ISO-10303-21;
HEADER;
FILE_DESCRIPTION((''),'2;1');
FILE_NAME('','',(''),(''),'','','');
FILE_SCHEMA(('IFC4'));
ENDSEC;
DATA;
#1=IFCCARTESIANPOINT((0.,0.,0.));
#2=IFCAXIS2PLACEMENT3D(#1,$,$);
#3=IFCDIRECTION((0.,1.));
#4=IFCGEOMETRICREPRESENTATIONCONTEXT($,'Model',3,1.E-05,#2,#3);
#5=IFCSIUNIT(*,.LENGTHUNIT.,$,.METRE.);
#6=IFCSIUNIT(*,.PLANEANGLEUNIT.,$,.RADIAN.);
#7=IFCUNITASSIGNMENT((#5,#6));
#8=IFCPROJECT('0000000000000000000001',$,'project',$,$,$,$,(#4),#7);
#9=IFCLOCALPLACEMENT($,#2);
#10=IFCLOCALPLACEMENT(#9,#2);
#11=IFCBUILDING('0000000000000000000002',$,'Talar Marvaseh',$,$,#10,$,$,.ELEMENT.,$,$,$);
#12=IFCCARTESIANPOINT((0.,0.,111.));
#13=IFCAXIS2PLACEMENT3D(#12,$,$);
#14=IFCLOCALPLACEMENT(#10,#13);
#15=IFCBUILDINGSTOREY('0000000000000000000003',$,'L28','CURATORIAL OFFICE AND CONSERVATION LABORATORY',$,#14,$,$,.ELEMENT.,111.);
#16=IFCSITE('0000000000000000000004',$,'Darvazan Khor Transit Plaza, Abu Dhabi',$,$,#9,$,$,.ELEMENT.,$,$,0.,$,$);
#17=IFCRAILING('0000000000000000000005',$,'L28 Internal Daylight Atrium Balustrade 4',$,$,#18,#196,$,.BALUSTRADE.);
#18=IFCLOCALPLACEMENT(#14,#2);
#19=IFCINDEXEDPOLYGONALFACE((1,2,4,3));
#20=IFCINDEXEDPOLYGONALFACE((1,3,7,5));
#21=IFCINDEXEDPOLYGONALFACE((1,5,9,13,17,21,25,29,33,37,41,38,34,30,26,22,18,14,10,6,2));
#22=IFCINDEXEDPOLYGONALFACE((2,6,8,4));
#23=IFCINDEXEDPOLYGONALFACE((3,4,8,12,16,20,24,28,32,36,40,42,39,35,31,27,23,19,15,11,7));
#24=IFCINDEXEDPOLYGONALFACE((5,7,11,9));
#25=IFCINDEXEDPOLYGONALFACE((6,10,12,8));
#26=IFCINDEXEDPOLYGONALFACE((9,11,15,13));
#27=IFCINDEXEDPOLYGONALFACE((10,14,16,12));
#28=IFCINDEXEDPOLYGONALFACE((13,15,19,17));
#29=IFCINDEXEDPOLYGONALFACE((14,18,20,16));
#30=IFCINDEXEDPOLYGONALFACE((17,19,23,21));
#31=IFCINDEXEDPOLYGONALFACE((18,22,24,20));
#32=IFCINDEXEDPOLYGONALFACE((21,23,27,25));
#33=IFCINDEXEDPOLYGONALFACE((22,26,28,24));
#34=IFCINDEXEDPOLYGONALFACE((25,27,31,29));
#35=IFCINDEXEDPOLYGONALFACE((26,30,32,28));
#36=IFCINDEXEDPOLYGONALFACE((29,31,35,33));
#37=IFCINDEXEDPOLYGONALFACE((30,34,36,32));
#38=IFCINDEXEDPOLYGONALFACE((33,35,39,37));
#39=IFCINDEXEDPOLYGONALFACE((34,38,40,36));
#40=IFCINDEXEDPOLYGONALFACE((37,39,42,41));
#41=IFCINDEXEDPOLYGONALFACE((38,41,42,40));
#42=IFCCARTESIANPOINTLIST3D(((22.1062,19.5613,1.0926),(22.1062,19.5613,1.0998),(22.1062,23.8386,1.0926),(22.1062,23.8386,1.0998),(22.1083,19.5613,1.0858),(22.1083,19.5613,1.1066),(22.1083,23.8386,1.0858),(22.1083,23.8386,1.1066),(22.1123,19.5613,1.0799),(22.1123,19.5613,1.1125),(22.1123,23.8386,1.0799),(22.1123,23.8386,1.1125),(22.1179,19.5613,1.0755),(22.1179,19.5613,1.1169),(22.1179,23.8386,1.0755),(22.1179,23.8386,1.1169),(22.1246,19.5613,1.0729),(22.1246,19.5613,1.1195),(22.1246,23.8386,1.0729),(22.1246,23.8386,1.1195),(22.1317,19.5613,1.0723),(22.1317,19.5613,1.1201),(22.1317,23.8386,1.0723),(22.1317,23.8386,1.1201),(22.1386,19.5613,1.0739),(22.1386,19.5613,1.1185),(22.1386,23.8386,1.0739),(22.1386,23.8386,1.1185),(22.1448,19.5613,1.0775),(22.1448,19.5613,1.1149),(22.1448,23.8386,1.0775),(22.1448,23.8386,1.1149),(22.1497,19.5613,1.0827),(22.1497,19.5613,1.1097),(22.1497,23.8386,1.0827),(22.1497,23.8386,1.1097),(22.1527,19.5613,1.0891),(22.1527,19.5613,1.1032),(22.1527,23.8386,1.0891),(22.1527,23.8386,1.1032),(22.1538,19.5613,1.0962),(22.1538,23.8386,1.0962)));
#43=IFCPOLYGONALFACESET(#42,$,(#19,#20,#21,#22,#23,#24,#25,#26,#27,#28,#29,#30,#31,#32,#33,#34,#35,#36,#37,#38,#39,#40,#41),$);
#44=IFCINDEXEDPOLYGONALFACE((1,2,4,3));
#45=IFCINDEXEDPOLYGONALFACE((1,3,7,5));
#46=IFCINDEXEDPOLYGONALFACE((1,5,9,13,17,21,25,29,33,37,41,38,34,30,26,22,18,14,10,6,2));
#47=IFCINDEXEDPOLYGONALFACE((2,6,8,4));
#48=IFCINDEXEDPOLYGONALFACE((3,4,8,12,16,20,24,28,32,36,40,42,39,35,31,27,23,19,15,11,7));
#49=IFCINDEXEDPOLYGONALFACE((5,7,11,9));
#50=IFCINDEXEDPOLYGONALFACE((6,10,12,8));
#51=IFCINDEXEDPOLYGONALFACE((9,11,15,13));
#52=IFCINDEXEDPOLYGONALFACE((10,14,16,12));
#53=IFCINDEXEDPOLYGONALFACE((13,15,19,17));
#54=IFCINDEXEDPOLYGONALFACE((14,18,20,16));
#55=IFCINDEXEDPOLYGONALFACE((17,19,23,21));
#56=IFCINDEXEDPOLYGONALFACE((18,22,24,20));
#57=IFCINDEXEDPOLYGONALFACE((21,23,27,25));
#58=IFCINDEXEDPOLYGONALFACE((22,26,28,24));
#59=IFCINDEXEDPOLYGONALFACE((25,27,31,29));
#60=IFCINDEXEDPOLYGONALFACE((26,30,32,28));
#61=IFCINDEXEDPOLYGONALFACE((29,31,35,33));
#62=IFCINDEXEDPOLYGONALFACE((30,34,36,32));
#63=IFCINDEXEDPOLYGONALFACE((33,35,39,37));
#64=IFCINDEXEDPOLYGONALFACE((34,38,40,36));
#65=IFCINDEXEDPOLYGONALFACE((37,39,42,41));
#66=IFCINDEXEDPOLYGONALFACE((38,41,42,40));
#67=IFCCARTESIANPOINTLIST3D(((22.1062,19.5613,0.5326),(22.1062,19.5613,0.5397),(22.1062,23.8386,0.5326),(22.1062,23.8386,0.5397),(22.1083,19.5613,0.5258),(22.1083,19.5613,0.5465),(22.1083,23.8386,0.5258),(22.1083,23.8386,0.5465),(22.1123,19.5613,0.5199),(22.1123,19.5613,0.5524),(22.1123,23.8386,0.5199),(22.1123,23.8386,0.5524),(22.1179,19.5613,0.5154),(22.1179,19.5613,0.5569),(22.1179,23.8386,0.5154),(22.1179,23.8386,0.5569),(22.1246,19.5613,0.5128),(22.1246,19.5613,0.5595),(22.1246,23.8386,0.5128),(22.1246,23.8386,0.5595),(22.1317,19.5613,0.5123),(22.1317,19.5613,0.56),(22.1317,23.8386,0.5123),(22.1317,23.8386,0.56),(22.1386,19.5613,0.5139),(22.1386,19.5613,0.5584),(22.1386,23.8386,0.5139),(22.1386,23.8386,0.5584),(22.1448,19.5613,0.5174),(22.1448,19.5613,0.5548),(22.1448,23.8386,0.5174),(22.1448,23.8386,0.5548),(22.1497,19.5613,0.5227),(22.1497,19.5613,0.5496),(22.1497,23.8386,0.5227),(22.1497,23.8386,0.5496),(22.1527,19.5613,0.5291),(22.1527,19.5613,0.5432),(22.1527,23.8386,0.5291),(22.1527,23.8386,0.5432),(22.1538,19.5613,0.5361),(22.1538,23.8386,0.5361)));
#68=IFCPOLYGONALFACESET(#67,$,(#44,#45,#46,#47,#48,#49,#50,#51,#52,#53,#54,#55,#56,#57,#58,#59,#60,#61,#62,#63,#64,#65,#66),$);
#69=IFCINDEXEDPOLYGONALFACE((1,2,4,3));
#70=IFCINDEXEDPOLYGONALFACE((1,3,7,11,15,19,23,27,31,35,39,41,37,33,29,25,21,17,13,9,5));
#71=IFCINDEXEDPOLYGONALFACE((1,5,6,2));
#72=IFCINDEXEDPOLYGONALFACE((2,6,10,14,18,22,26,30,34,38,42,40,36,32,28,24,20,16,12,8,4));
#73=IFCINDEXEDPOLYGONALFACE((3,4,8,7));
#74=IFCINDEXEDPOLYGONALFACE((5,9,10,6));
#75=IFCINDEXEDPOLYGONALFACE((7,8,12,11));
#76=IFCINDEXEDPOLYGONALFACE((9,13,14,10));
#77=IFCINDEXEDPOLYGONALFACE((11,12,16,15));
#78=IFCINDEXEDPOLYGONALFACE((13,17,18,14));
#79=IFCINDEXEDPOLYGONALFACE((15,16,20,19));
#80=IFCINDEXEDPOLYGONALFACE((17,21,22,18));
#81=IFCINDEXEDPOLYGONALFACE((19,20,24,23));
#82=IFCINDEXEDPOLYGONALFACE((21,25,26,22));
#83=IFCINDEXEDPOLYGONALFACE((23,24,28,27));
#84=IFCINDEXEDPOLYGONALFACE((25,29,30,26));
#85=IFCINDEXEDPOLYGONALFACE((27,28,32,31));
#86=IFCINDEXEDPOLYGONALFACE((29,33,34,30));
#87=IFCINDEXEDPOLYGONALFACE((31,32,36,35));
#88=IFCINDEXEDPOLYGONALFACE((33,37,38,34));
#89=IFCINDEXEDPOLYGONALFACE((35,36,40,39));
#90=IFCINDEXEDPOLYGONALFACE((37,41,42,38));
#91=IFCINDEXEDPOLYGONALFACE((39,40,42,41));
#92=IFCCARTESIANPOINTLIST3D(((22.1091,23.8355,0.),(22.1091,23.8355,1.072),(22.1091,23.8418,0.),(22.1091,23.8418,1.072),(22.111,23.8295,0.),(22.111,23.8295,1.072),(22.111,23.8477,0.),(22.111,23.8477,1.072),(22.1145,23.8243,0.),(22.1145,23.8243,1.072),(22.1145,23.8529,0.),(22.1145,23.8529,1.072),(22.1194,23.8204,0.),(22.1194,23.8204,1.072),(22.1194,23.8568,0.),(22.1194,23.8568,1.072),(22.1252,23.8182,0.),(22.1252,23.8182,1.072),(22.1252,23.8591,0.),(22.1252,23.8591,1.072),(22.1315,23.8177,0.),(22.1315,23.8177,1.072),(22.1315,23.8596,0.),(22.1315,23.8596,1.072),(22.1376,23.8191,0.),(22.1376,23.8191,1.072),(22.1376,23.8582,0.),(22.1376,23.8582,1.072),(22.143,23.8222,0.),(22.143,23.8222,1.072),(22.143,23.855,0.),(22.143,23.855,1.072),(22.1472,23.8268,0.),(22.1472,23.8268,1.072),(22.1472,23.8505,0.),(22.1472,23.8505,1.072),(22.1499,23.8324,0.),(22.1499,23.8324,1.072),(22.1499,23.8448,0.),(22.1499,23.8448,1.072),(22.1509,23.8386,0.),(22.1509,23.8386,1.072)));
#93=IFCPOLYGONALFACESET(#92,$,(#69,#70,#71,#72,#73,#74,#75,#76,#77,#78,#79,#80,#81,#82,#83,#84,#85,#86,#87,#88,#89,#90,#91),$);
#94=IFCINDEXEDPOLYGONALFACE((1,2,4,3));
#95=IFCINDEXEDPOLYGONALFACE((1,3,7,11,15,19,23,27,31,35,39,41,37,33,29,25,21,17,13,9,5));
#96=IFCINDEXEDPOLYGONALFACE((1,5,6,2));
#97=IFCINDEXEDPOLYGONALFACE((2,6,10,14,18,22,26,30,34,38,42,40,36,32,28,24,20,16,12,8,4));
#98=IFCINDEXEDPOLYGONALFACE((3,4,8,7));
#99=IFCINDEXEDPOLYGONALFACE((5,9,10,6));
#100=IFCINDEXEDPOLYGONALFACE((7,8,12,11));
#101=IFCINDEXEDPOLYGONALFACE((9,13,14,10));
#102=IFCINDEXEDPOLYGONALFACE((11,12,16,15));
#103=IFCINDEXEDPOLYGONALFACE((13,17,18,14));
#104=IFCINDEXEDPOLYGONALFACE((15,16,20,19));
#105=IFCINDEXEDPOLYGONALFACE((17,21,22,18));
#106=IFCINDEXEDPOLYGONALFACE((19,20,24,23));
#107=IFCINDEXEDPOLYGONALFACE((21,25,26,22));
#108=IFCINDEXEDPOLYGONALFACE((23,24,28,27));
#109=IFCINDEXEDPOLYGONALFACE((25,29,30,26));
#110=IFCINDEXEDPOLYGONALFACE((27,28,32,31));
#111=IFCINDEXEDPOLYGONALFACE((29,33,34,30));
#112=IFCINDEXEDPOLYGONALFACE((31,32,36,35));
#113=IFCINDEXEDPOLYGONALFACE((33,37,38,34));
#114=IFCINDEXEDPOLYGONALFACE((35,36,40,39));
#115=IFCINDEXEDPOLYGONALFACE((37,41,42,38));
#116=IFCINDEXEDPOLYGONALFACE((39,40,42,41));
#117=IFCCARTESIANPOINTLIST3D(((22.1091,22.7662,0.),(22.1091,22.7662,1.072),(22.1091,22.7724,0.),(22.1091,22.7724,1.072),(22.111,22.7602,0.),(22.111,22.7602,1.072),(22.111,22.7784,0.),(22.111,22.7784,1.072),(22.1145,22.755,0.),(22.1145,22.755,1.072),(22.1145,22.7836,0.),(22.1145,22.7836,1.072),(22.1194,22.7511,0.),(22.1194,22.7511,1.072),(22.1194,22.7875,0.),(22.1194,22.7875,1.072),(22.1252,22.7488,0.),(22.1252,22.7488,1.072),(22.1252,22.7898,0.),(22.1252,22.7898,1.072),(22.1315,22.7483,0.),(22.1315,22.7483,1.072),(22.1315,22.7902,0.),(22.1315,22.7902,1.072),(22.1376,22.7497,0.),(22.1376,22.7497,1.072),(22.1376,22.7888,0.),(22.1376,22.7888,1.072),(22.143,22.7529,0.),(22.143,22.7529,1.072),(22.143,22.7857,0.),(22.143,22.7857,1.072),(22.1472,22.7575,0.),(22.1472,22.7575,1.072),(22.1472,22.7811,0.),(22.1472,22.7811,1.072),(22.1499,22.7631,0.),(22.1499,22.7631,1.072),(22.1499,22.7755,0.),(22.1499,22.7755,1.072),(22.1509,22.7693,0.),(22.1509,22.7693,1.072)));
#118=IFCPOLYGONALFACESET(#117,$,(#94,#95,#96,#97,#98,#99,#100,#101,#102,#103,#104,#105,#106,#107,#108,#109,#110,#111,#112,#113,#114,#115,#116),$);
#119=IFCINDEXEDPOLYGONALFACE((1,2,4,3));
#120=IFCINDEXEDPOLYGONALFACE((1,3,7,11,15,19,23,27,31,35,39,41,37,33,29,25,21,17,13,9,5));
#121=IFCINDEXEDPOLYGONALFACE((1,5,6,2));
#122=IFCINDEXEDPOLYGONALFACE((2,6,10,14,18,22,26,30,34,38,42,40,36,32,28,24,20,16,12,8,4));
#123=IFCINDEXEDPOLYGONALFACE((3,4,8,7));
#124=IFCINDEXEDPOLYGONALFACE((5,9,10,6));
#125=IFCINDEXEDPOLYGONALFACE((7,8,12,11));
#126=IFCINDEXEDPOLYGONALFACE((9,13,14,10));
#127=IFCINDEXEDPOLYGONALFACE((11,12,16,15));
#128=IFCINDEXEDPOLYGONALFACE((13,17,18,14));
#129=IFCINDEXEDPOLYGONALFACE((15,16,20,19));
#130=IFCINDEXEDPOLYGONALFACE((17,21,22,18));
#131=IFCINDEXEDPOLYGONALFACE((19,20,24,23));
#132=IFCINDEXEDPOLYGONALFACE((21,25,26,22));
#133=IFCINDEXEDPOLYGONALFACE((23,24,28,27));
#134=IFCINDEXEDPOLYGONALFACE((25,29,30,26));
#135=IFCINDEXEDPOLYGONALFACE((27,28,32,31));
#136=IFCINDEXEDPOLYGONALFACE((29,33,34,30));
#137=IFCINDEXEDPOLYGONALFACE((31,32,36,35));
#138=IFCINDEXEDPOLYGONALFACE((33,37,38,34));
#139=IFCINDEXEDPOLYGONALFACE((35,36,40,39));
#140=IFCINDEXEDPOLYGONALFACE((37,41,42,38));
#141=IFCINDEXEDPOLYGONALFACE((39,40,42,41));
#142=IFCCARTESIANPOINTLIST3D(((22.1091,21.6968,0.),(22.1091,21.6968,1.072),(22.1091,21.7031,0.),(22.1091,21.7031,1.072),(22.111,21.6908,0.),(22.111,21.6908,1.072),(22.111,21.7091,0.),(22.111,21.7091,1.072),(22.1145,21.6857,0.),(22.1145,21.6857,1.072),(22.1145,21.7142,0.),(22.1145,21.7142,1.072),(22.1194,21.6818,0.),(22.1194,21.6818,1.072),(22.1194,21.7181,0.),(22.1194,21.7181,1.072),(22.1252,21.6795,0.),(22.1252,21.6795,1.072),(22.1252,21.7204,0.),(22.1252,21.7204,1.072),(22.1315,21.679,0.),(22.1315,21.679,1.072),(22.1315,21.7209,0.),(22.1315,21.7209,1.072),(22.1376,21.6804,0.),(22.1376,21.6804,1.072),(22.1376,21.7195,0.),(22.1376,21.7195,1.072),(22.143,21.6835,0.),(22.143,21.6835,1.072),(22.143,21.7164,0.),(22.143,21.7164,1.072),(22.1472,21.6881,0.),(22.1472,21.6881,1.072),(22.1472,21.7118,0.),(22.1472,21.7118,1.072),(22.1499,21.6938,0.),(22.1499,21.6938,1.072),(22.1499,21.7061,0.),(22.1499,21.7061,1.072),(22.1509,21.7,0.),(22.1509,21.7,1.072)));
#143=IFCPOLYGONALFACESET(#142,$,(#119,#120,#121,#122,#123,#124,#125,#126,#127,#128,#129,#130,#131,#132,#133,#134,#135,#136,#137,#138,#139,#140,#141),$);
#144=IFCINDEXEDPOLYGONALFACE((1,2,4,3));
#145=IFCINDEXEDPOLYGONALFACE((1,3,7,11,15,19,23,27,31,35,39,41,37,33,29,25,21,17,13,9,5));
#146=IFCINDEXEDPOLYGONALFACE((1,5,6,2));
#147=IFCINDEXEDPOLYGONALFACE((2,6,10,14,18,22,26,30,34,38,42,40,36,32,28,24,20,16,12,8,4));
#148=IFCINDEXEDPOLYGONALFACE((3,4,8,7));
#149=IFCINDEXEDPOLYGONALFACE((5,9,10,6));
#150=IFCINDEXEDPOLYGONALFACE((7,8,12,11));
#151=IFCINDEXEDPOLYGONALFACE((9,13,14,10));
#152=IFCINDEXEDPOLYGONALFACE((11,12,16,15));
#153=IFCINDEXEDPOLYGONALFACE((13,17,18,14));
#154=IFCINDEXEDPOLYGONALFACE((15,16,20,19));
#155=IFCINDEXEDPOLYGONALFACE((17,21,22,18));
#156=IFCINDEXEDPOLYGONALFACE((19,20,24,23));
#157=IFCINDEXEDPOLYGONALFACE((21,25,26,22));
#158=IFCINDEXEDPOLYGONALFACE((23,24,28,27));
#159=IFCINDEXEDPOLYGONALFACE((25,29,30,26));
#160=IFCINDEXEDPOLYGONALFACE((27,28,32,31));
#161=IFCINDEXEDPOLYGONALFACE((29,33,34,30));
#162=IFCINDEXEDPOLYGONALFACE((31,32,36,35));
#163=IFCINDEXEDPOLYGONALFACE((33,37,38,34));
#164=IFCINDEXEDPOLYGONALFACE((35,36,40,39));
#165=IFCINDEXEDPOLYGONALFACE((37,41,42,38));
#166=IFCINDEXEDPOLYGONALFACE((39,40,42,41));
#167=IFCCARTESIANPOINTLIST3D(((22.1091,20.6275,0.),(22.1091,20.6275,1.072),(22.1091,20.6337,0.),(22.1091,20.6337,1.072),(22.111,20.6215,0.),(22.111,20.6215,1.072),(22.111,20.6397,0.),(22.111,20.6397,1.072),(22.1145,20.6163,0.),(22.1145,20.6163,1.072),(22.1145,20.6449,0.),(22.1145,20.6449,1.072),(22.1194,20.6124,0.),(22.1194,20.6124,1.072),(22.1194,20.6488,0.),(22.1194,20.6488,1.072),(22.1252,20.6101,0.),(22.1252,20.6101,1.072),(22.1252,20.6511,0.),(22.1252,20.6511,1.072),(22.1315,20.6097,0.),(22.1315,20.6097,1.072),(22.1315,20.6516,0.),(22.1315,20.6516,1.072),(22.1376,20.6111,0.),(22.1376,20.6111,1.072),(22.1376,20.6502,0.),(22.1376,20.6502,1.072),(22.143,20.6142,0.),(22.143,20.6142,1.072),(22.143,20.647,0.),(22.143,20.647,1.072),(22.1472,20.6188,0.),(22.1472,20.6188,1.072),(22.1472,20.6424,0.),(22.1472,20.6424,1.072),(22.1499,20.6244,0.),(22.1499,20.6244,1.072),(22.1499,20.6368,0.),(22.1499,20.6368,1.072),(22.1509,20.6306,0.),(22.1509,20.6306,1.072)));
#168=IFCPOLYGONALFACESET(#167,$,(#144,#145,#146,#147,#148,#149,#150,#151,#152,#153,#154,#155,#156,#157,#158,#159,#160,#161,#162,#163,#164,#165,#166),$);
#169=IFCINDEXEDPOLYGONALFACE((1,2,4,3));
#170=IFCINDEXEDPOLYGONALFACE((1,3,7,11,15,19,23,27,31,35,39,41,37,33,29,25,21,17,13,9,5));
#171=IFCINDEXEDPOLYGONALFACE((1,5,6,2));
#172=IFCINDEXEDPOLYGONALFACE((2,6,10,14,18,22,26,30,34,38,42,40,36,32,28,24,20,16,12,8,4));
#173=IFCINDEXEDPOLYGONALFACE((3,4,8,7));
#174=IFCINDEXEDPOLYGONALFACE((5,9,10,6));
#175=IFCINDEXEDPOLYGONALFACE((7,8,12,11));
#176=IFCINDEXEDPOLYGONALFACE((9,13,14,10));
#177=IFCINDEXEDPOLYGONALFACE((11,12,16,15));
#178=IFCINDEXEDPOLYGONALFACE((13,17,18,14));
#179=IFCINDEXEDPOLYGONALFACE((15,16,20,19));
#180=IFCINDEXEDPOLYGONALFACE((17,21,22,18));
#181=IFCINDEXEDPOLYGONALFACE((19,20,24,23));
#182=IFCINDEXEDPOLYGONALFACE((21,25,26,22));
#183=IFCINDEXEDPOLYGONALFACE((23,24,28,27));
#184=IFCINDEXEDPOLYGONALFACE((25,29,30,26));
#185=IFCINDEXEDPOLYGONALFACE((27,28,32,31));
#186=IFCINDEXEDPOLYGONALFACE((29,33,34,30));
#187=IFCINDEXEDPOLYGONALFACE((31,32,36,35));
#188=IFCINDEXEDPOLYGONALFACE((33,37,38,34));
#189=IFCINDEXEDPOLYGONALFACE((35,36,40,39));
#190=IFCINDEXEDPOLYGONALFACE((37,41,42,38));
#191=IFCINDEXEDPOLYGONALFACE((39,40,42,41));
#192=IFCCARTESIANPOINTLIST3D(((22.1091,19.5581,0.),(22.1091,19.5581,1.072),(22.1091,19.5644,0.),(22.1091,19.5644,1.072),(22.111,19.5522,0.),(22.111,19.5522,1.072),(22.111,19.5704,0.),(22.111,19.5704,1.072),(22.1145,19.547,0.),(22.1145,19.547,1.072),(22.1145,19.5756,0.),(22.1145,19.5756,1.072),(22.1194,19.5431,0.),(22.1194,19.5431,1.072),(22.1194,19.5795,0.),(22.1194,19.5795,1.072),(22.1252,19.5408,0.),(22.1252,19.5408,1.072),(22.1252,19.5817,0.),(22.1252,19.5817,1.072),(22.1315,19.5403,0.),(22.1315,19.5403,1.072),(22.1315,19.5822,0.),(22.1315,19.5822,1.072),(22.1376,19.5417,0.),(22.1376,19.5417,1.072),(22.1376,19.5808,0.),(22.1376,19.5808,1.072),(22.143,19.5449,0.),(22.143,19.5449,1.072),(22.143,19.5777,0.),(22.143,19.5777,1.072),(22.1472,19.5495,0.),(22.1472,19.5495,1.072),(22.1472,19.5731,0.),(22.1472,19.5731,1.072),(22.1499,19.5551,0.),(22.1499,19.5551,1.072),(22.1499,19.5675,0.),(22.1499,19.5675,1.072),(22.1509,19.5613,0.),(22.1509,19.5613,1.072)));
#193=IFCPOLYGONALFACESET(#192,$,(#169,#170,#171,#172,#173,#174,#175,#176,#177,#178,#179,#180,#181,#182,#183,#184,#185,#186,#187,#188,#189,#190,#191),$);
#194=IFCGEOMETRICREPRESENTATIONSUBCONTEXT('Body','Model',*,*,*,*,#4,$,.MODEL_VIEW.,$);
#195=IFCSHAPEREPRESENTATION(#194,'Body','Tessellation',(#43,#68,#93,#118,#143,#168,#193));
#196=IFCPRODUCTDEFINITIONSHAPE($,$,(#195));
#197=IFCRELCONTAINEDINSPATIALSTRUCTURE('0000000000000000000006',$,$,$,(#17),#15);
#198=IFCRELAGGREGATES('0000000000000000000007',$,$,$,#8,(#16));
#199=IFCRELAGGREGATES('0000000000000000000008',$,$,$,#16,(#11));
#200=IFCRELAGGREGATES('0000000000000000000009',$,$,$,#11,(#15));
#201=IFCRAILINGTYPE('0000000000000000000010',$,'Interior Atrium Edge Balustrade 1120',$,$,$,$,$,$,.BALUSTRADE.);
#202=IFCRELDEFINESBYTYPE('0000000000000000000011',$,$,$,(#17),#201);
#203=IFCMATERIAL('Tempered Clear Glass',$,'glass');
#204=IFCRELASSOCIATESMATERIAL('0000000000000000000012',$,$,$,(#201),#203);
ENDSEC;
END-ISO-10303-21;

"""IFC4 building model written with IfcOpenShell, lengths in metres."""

from ifc_helpers import new_model, si_unit, direction, frame, origin, origin_2d, place, context, subcontext, project, spatial, circle, extrude, material, type_object, element, save


model = new_model("IFC4")

# Units and contexts
model_context = context("Model", 3, precision=1e-05, world=origin(), true_north=direction((0.0, 1.0)))
body_context = subcontext(model_context, "Body", "Model", "MODEL_VIEW")
ifc_project = project(units=[si_unit("LENGTHUNIT", "METRE"), si_unit("PLANEANGLEUNIT", "RADIAN")], contexts=[model_context])

# Site, building, storey
site_placement = place(None, origin())
site = spatial("IfcSite", under=ifc_project, at=site_placement, Name="Darvazan Khor Transit Plaza, Abu Dhabi", CompositionType="ELEMENT", RefElevation=0.0)
building_placement = place(site_placement, origin())
building = spatial("IfcBuilding", under=site, at=building_placement, Name="Talar Marvaseh", CompositionType="ELEMENT")
storey_placement = place(building_placement, frame((0.0, 0.0, 111.0)))
storey = spatial("IfcBuildingStorey", under=building, at=storey_placement, Name="L28", Description="CURATORIAL OFFICE AND CONSERVATION LABORATORY", CompositionType="ELEMENT", Elevation=111.0)

# Railing
ifc_material_1 = material(Name="Tempered Clear Glass", Category="glass")
railing_type_1 = type_object("IfcRailingType", Name="Interior Atrium Edge Balustrade 1120", PredefinedType="BALUSTRADE", material=ifc_material_1)
railing_1_placement = place(storey_placement, frame((22.1299, 23.8386, 0.0)))
element("IfcRailing", 1, at=railing_1_placement, inside=storey, type_object=railing_type_1, Name="L28 Internal Daylight Atrium Balustrade 4", PredefinedType="BALUSTRADE", context=body_context, shape_type="SweptSolid", body=[
    extrude(circle(Radius=0.0239, at=origin_2d()), frame((0.0, 0.0, 1.0962), z_axis=(0.0, -1.0, 0.0), x_axis=(1.0, 0.0, 0.0)), (0.0, 0.0, 1.0), 4.2773),
    extrude(circle(Radius=0.0239, at=origin_2d()), frame((0.0, 0.0, 0.5361), z_axis=(0.0, -1.0, 0.0), x_axis=(1.0, 0.0, 0.0)), (0.0, 0.0, 1.0), 4.2773),
    extrude(circle(Radius=0.021, at=origin_2d()), origin(), (0.0, 0.0, 1.0), 1.072),
    extrude(circle(Radius=0.021, at=origin_2d()), frame((0.0, -1.0693, 0.0)), (0.0, 0.0, 1.0), 1.072),
    extrude(circle(Radius=0.021, at=origin_2d()), frame((0.0, -2.1387, 0.0)), (0.0, 0.0, 1.0), 1.072),
    extrude(circle(Radius=0.021, at=origin_2d()), frame((0.0, -3.208, 0.0)), (0.0, 0.0, 1.0), 1.072),
    extrude(circle(Radius=0.021, at=origin_2d()), frame((0.0, -4.2773, 0.0)), (0.0, 0.0, 1.0), 1.072),
])

save(model, "model.ifc")
